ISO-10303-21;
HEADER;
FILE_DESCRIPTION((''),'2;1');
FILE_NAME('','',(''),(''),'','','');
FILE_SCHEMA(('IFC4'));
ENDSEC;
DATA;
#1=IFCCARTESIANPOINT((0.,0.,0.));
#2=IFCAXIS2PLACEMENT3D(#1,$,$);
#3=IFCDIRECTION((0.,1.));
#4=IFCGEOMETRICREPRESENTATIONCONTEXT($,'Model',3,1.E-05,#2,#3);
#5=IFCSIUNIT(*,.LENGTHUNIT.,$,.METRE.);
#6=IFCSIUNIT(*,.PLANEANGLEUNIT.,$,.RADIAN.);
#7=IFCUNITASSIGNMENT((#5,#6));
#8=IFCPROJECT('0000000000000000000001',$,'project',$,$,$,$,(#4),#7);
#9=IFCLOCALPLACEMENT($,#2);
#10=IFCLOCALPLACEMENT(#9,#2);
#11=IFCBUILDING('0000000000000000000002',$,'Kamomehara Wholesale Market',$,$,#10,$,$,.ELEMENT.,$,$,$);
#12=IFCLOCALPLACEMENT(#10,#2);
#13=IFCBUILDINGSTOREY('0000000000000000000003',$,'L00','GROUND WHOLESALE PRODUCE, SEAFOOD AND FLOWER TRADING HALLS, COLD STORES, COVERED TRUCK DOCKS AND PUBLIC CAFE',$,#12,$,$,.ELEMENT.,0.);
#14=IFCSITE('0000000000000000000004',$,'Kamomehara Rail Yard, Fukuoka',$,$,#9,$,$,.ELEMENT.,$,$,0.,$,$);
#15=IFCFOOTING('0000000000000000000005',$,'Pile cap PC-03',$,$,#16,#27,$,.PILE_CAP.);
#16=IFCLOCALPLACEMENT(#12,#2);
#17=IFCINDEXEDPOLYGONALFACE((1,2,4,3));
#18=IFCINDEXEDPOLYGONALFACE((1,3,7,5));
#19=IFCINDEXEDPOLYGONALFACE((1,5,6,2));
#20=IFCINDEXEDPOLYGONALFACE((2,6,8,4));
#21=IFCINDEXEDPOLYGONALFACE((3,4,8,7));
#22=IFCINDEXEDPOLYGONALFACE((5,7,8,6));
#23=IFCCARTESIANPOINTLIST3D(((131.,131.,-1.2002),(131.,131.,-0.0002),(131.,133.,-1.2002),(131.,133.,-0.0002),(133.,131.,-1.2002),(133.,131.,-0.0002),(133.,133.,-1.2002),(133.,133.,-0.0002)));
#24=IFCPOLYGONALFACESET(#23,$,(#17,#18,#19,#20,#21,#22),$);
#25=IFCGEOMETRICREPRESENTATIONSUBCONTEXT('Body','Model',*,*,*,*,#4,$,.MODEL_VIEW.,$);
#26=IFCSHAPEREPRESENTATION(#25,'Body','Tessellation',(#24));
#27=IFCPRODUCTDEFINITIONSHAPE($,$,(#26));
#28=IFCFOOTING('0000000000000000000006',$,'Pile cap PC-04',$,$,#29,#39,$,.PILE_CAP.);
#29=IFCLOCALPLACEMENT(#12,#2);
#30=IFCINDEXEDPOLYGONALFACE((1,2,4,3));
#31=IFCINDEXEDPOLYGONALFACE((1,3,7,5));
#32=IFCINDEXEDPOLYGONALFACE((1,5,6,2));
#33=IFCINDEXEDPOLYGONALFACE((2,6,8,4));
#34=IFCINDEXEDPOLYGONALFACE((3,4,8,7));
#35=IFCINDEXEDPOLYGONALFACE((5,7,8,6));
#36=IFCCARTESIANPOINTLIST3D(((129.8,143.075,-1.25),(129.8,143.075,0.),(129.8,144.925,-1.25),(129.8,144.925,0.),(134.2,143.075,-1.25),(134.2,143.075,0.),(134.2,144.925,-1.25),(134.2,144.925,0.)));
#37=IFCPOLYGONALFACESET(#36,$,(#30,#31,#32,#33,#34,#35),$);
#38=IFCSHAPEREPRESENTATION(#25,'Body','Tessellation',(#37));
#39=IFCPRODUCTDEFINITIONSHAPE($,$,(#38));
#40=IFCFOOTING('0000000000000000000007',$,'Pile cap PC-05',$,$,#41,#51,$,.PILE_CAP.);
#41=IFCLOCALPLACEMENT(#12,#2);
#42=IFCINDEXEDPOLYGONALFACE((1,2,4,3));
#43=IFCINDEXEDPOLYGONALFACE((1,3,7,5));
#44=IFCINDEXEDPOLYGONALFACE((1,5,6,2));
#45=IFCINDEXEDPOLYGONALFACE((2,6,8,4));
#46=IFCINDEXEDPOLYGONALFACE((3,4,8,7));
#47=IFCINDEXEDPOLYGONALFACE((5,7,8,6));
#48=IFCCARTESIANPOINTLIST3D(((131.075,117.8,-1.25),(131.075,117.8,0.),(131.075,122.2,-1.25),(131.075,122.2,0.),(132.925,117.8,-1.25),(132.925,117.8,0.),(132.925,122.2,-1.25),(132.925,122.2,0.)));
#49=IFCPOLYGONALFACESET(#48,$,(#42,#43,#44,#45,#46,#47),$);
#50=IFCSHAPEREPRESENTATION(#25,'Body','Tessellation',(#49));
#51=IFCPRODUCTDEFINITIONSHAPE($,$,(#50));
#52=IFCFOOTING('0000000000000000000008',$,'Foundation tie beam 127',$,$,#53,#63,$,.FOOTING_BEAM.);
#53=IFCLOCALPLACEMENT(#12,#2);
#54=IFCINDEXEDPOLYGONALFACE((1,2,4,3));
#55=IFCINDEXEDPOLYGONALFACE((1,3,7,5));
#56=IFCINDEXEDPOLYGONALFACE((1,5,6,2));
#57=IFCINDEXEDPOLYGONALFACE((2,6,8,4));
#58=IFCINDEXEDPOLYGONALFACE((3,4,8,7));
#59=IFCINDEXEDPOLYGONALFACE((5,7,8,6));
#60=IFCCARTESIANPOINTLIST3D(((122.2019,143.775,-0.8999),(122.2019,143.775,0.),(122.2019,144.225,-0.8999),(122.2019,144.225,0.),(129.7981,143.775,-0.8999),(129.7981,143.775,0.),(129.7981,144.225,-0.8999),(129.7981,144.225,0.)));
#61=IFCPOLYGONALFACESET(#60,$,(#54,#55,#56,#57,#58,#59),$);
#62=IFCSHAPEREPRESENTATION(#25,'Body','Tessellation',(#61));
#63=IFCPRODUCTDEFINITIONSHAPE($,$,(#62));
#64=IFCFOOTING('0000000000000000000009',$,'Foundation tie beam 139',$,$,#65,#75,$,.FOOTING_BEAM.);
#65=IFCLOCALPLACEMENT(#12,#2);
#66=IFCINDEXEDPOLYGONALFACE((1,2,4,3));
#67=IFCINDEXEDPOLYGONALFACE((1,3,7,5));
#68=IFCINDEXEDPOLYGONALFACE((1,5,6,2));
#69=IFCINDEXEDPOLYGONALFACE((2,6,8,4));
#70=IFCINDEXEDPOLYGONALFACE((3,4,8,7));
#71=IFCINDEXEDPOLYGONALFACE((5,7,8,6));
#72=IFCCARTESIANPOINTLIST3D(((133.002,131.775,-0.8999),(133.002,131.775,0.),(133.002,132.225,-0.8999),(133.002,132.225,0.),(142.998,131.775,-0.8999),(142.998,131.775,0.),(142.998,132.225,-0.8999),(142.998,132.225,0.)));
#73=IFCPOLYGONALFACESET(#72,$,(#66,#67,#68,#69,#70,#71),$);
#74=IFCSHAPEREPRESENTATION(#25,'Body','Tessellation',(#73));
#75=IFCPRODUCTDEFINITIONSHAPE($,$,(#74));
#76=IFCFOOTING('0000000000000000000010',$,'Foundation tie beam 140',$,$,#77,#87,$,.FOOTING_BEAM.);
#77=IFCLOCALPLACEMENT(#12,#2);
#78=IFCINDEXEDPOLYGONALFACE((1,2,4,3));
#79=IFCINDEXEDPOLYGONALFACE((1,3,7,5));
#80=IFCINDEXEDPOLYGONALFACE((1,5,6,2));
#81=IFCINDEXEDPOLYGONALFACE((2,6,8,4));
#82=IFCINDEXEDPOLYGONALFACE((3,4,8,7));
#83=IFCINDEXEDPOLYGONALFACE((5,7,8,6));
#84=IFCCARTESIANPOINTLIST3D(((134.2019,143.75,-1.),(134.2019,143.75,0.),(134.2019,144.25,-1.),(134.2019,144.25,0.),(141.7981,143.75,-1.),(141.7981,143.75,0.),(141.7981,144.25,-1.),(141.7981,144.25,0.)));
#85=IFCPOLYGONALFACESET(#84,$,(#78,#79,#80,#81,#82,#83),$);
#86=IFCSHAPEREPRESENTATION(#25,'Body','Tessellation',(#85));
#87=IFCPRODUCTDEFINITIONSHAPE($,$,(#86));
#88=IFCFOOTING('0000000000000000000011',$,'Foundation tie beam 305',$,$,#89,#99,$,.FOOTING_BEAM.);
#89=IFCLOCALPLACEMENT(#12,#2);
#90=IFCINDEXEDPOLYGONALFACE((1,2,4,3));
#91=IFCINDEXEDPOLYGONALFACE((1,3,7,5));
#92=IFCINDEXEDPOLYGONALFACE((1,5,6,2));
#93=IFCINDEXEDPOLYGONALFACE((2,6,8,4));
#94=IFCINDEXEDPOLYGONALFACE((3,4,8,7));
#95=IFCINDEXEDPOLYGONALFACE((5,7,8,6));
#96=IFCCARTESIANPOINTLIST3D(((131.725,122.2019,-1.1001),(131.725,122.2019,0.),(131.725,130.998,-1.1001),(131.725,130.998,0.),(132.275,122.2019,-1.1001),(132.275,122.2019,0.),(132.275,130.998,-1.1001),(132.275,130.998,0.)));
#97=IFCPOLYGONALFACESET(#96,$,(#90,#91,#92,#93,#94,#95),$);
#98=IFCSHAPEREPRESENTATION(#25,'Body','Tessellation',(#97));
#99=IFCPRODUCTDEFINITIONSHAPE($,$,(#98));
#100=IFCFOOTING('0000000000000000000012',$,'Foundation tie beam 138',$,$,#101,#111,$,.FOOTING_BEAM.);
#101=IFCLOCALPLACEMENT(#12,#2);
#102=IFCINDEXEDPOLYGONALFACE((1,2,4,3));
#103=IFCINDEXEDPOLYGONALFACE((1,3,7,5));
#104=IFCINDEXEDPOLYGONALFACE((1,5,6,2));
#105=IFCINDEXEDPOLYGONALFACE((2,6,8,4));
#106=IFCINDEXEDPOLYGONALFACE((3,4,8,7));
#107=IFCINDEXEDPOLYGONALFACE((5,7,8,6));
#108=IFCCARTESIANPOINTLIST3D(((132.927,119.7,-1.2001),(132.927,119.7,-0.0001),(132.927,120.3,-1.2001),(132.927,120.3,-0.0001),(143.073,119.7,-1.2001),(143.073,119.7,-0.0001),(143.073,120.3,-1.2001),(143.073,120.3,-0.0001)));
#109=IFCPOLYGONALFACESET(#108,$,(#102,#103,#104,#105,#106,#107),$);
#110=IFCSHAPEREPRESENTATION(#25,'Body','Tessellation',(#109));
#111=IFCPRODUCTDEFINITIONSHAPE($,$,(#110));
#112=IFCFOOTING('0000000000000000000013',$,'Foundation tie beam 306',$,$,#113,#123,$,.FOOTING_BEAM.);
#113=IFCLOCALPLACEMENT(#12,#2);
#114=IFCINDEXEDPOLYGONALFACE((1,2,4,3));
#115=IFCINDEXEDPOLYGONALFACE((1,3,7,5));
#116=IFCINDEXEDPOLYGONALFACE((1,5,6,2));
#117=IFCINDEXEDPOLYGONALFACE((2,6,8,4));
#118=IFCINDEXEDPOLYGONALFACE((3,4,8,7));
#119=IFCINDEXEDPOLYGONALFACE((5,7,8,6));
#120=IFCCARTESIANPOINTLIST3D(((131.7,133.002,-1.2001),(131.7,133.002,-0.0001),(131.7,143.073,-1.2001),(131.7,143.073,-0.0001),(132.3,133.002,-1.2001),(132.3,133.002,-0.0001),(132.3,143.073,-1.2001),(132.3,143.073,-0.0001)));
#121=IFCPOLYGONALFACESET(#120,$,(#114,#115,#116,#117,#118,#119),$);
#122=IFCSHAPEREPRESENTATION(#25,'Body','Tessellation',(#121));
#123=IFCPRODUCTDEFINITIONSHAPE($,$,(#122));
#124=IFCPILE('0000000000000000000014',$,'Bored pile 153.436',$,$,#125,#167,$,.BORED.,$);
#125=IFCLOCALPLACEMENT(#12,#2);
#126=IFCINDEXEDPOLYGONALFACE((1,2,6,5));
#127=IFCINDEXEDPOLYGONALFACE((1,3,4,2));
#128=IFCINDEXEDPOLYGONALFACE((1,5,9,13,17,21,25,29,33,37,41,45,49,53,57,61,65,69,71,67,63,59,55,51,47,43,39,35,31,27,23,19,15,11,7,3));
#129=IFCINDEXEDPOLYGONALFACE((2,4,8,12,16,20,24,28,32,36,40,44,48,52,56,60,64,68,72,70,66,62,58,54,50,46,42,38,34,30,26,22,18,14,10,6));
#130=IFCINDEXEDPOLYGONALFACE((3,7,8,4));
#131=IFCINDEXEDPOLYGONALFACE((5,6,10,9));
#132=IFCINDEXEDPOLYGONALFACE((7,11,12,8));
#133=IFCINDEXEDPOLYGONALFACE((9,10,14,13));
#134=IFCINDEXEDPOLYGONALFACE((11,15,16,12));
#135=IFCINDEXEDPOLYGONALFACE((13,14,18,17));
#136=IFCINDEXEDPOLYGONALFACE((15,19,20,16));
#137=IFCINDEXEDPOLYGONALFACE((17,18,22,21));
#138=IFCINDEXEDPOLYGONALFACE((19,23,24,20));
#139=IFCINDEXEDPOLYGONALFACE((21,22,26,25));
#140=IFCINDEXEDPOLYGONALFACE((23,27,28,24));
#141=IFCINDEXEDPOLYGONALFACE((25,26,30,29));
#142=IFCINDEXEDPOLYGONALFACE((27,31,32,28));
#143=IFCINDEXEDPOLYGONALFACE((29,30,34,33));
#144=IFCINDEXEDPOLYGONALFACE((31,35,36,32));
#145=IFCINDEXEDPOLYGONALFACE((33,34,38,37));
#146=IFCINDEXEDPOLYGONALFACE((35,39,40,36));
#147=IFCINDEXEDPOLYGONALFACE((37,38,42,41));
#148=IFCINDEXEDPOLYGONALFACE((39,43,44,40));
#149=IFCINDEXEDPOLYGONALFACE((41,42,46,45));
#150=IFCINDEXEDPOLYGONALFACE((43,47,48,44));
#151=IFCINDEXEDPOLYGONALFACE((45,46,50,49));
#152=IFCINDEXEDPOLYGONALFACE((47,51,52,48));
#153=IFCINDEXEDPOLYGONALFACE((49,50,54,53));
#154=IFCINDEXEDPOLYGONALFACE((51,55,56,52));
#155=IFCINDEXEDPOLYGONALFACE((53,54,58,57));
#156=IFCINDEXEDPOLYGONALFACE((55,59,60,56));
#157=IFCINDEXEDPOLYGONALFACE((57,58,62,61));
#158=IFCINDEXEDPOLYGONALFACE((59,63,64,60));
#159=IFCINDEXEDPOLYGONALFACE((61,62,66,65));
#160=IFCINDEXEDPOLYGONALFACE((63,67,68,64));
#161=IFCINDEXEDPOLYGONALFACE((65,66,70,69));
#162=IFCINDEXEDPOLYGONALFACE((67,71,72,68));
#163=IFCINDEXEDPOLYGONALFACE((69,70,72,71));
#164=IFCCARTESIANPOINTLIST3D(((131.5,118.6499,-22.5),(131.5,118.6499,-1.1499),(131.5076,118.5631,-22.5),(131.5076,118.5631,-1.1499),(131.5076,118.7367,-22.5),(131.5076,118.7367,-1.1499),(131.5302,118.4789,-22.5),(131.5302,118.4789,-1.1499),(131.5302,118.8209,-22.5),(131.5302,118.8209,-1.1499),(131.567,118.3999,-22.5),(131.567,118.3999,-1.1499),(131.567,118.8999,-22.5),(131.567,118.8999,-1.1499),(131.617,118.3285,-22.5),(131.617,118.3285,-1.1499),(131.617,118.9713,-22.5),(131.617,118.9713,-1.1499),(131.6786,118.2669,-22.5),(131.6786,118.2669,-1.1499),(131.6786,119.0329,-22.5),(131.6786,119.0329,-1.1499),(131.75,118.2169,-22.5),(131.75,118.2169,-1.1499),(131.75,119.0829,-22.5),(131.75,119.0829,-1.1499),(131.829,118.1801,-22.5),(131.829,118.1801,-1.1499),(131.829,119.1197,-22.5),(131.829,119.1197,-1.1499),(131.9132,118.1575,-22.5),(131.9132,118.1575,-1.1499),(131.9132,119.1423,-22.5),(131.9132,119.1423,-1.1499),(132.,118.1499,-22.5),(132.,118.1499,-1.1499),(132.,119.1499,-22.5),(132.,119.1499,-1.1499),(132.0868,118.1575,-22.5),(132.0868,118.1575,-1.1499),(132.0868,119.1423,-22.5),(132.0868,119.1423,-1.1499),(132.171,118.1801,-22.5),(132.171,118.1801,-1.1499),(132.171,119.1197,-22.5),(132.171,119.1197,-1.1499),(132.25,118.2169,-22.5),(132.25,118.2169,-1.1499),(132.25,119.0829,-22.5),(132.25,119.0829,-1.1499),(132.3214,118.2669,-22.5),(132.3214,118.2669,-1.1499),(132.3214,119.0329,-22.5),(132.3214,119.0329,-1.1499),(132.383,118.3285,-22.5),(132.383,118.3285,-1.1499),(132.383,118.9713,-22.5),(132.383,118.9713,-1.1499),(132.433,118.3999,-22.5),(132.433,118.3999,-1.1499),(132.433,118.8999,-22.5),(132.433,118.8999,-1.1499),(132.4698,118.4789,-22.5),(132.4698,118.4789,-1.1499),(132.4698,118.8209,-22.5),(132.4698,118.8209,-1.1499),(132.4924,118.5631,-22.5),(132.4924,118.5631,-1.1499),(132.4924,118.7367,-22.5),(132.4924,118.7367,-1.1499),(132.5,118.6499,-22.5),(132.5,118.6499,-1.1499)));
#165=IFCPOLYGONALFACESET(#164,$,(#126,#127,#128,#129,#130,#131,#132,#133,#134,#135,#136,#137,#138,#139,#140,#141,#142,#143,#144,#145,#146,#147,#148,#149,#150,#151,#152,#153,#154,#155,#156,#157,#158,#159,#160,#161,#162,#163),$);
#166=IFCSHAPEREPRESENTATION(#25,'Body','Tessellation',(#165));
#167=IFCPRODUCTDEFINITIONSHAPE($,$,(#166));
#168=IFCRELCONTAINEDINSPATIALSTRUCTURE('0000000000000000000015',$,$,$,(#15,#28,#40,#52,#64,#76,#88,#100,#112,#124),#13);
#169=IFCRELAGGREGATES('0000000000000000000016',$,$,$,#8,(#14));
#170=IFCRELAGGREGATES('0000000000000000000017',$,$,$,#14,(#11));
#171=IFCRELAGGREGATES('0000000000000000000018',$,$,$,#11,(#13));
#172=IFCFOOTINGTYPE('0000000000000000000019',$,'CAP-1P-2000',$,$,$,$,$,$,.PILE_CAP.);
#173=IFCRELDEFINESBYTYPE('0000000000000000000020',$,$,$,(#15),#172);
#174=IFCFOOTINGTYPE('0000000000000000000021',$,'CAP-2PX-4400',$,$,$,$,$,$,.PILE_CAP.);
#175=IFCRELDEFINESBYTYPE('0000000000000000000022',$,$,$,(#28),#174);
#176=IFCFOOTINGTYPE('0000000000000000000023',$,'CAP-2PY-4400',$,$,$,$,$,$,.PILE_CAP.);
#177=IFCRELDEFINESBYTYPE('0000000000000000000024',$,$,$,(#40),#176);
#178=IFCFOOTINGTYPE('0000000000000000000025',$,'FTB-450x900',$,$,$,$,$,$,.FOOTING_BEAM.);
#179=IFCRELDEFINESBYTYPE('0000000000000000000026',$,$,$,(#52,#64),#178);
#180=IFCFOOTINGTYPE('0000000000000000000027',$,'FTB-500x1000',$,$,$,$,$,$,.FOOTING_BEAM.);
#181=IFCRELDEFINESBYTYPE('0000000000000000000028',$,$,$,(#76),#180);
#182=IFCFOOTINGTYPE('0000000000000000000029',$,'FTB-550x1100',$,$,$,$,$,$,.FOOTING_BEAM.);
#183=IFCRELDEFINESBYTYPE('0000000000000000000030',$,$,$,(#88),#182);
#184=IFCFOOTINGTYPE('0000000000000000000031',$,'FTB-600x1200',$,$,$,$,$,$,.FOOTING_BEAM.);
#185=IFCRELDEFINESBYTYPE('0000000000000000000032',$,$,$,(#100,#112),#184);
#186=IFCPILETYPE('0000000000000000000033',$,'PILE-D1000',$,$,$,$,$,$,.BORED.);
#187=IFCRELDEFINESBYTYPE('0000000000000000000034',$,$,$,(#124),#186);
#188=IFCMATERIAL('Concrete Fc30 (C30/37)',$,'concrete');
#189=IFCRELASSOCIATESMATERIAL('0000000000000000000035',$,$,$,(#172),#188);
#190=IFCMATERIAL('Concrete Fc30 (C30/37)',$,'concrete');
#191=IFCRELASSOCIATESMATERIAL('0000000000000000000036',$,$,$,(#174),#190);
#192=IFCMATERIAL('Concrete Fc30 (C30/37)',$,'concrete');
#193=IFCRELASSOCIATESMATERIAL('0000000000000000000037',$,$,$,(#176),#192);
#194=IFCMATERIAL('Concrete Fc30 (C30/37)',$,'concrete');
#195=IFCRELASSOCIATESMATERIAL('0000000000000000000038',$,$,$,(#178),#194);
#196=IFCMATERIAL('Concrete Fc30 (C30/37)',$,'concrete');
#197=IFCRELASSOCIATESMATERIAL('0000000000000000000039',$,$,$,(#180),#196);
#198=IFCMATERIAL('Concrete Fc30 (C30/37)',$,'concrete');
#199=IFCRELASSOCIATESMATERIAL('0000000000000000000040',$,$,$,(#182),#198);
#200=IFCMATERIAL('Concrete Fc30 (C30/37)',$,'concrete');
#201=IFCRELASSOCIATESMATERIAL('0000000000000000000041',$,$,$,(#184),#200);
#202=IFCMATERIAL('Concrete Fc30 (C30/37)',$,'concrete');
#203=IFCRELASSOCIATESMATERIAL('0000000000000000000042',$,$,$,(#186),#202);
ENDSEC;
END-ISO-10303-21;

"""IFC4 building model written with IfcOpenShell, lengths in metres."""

from ifc_helpers import new_model, si_unit, direction, frame, origin, origin_2d, place, context, subcontext, project, spatial, rectangle, circle, extrude, material, material_profile, profile_set, type_object, element, save


model = new_model("IFC4")

# Units and contexts
model_context = context("Model", 3, precision=1e-05, world=origin(), true_north=direction((0.0, 1.0)))
body_context = subcontext(model_context, "Body", "Model", "MODEL_VIEW")
ifc_project = project(units=[si_unit("LENGTHUNIT", "METRE"), si_unit("PLANEANGLEUNIT", "RADIAN")], contexts=[model_context])

# Site, building, storey
site_placement = place(None, origin())
site = spatial("IfcSite", under=ifc_project, at=site_placement, Name="Kamomehara Rail Yard, Fukuoka", CompositionType="ELEMENT", RefElevation=0.0)
building_placement = place(site_placement, origin())
building = spatial("IfcBuilding", under=site, at=building_placement, Name="Kamomehara Wholesale Market", CompositionType="ELEMENT")
storey_placement = place(building_placement, origin())
storey = spatial("IfcBuildingStorey", under=building, at=storey_placement, Name="L00", Description="GROUND WHOLESALE PRODUCE, SEAFOOD AND FLOWER TRADING HALLS, COLD STORES, COVERED TRUCK DOCKS AND PUBLIC CAFE", CompositionType="ELEMENT", Elevation=0.0)

# Footings
ifc_material_1 = material(Name="Concrete Fc30 (C30/37)", Category="concrete")
footing_type_1 = type_object("IfcFootingType", Name="CAP-1P-2000", PredefinedType="PILE_CAP", material=ifc_material_1)
footing_1_placement = place(storey_placement, frame((132.0, 132.0, -1.2002), z_axis=(0.0, 0.0, 1.0), x_axis=(1.0, 0.0, 0.0)))
element("IfcFooting", 1, at=footing_1_placement, inside=storey, type_object=footing_type_1, Name="Pile cap PC-03", PredefinedType="PILE_CAP", context=body_context, shape_type="SweptSolid", body=[
    extrude(rectangle(XDim=2.0, YDim=2.0, at=origin_2d()), origin(), (0.0, 0.0, 1.0), 1.2),
])
ifc_material_2 = material(Name="Concrete Fc30 (C30/37)", Category="concrete")
footing_type_2 = type_object("IfcFootingType", Name="CAP-2PX-4400", PredefinedType="PILE_CAP", material=ifc_material_2)
footing_2_placement = place(storey_placement, frame((132.0, 144.0, -1.25), z_axis=(0.0, 0.0, 1.0), x_axis=(1.0, 0.0, 0.0)))
element("IfcFooting", 2, at=footing_2_placement, inside=storey, type_object=footing_type_2, Name="Pile cap PC-04", PredefinedType="PILE_CAP", context=body_context, shape_type="SweptSolid", body=[
    extrude(rectangle(XDim=4.3999, YDim=1.8501, at=origin_2d()), origin(), (0.0, 0.0, 1.0), 1.25),
])
ifc_material_3 = material(Name="Concrete Fc30 (C30/37)", Category="concrete")
footing_type_3 = type_object("IfcFootingType", Name="CAP-2PY-4400", PredefinedType="PILE_CAP", material=ifc_material_3)
footing_3_placement = place(storey_placement, frame((132.0, 120.0, -1.25), z_axis=(0.0, 0.0, 1.0), x_axis=(1.0, 0.0, 0.0)))
element("IfcFooting", 3, at=footing_3_placement, inside=storey, type_object=footing_type_3, Name="Pile cap PC-05", PredefinedType="PILE_CAP", context=body_context, shape_type="SweptSolid", body=[
    extrude(rectangle(XDim=1.8501, YDim=4.3999, at=origin_2d()), origin(), (0.0, 0.0, 1.0), 1.25),
])
ifc_material_4 = material(Name="Concrete Fc30 (C30/37)", Category="concrete")
ifc_material_profile_1 = material_profile(ifc_material_4, rectangle(XDim=0.45, YDim=0.8999, at=origin_2d()), Name="RC-FTB-450x900")
ifc_profile_set_1 = profile_set([ifc_material_profile_1], Name="Concrete Fc30 (C30/37)")
footing_type_4 = type_object("IfcFootingType", Name="FTB-450x900", PredefinedType="FOOTING_BEAM", material=ifc_profile_set_1)
footing_4_placement = place(storey_placement, frame((122.2019, 144.0, -0.45), z_axis=(1.0, 0.0, 0.0), x_axis=(0.0, 1.0, 0.0)))
element("IfcFooting", 4, at=footing_4_placement, inside=storey, type_object=footing_type_4, Name="Foundation tie beam 127", PredefinedType="FOOTING_BEAM", context=body_context, shape_type="SweptSolid", body=[
    extrude(rectangle(XDim=0.45, YDim=0.8999, at=origin_2d()), origin(), (0.0, 0.0, 1.0), 7.5962),
])
footing_5_placement = place(storey_placement, frame((133.002, 132.0, -0.45), z_axis=(1.0, 0.0, 0.0), x_axis=(0.0, 1.0, 0.0)))
element("IfcFooting", 5, at=footing_5_placement, inside=storey, type_object=footing_type_4, Name="Foundation tie beam 139", PredefinedType="FOOTING_BEAM", context=body_context, shape_type="SweptSolid", body=[
    extrude(rectangle(XDim=0.45, YDim=0.8999, at=origin_2d()), origin(), (0.0, 0.0, 1.0), 9.9961),
])
ifc_material_5 = material(Name="Concrete Fc30 (C30/37)", Category="concrete")
ifc_material_profile_2 = material_profile(ifc_material_5, rectangle(XDim=0.5, YDim=1.0, at=origin_2d()), Name="RC-FTB-500x1000")
ifc_profile_set_2 = profile_set([ifc_material_profile_2], Name="Concrete Fc30 (C30/37)")
footing_type_5 = type_object("IfcFootingType", Name="FTB-500x1000", PredefinedType="FOOTING_BEAM", material=ifc_profile_set_2)
footing_6_placement = place(storey_placement, frame((134.2019, 144.0, -0.5), z_axis=(1.0, 0.0, 0.0), x_axis=(0.0, 1.0, 0.0)))
element("IfcFooting", 6, at=footing_6_placement, inside=storey, type_object=footing_type_5, Name="Foundation tie beam 140", PredefinedType="FOOTING_BEAM", context=body_context, shape_type="SweptSolid", body=[
    extrude(rectangle(XDim=0.5, YDim=1.0, at=origin_2d()), origin(), (0.0, 0.0, 1.0), 7.5962),
])
ifc_material_6 = material(Name="Concrete Fc30 (C30/37)", Category="concrete")
ifc_material_profile_3 = material_profile(ifc_material_6, rectangle(XDim=0.55, YDim=1.1001, at=origin_2d()), Name="RC-FTB-550x1100")
ifc_profile_set_3 = profile_set([ifc_material_profile_3], Name="Concrete Fc30 (C30/37)")
footing_type_6 = type_object("IfcFootingType", Name="FTB-550x1100", PredefinedType="FOOTING_BEAM", material=ifc_profile_set_3)
footing_7_placement = place(storey_placement, frame((132.0, 122.2019, -0.55), z_axis=(0.0, 1.0, 0.0), x_axis=(-1.0, 0.0, 0.0)))
element("IfcFooting", 7, at=footing_7_placement, inside=storey, type_object=footing_type_6, Name="Foundation tie beam 305", PredefinedType="FOOTING_BEAM", context=body_context, shape_type="SweptSolid", body=[
    extrude(rectangle(XDim=0.55, YDim=1.1001, at=origin_2d()), origin(), (0.0, 0.0, 1.0), 8.7961),
])
ifc_material_7 = material(Name="Concrete Fc30 (C30/37)", Category="concrete")
ifc_material_profile_4 = material_profile(ifc_material_7, rectangle(XDim=0.6001, YDim=1.2, at=origin_2d()), Name="RC-FTB-600x1200")
ifc_profile_set_4 = profile_set([ifc_material_profile_4], Name="Concrete Fc30 (C30/37)")
footing_type_7 = type_object("IfcFootingType", Name="FTB-600x1200", PredefinedType="FOOTING_BEAM", material=ifc_profile_set_4)
footing_8_placement = place(storey_placement, frame((132.927, 120.0, -0.6001), z_axis=(1.0, 0.0, 0.0), x_axis=(0.0, 1.0, 0.0)))
element("IfcFooting", 8, at=footing_8_placement, inside=storey, type_object=footing_type_7, Name="Foundation tie beam 138", PredefinedType="FOOTING_BEAM", context=body_context, shape_type="SweptSolid", body=[
    extrude(rectangle(XDim=0.6001, YDim=1.2, at=origin_2d()), origin(), (0.0, 0.0, 1.0), 10.146),
])
footing_9_placement = place(storey_placement, frame((132.0, 133.002, -0.6001), z_axis=(0.0, 1.0, 0.0), x_axis=(-1.0, 0.0, 0.0)))
element("IfcFooting", 9, at=footing_9_placement, inside=storey, type_object=footing_type_7, Name="Foundation tie beam 306", PredefinedType="FOOTING_BEAM", context=body_context, shape_type="SweptSolid", body=[
    extrude(rectangle(XDim=0.6001, YDim=1.2, at=origin_2d()), origin(), (0.0, 0.0, 1.0), 10.071),
])

# Pile
ifc_material_8 = material(Name="Concrete Fc30 (C30/37)", Category="concrete")
ifc_material_profile_5 = material_profile(ifc_material_8, circle(Radius=0.5, at=origin_2d()), Name="RC-PILE-D1000")
ifc_profile_set_5 = profile_set([ifc_material_profile_5], Name="Concrete Fc30 (C30/37)")
pile_type_1 = type_object("IfcPileType", Name="PILE-D1000", PredefinedType="BORED", material=ifc_profile_set_5)
for number, where, z_axis, x_axis, name in (
    (10, (132.0, 118.6499, -1.1499), (0.0, 0.0, -1.0), (1.0, 0.0, 0.0), "Bored pile 153.436"),
):
    element("IfcPile", number, at=place(storey_placement, frame(where, z_axis=z_axis, x_axis=x_axis)), inside=storey, type_object=pile_type_1, Name=name, PredefinedType="BORED", context=body_context, shape_type="SweptSolid", body=[
        extrude(circle(Radius=0.5, at=origin_2d()), origin(), (0.0, 0.0, 1.0), 21.3501),
    ])

save(model, "model.ifc")
